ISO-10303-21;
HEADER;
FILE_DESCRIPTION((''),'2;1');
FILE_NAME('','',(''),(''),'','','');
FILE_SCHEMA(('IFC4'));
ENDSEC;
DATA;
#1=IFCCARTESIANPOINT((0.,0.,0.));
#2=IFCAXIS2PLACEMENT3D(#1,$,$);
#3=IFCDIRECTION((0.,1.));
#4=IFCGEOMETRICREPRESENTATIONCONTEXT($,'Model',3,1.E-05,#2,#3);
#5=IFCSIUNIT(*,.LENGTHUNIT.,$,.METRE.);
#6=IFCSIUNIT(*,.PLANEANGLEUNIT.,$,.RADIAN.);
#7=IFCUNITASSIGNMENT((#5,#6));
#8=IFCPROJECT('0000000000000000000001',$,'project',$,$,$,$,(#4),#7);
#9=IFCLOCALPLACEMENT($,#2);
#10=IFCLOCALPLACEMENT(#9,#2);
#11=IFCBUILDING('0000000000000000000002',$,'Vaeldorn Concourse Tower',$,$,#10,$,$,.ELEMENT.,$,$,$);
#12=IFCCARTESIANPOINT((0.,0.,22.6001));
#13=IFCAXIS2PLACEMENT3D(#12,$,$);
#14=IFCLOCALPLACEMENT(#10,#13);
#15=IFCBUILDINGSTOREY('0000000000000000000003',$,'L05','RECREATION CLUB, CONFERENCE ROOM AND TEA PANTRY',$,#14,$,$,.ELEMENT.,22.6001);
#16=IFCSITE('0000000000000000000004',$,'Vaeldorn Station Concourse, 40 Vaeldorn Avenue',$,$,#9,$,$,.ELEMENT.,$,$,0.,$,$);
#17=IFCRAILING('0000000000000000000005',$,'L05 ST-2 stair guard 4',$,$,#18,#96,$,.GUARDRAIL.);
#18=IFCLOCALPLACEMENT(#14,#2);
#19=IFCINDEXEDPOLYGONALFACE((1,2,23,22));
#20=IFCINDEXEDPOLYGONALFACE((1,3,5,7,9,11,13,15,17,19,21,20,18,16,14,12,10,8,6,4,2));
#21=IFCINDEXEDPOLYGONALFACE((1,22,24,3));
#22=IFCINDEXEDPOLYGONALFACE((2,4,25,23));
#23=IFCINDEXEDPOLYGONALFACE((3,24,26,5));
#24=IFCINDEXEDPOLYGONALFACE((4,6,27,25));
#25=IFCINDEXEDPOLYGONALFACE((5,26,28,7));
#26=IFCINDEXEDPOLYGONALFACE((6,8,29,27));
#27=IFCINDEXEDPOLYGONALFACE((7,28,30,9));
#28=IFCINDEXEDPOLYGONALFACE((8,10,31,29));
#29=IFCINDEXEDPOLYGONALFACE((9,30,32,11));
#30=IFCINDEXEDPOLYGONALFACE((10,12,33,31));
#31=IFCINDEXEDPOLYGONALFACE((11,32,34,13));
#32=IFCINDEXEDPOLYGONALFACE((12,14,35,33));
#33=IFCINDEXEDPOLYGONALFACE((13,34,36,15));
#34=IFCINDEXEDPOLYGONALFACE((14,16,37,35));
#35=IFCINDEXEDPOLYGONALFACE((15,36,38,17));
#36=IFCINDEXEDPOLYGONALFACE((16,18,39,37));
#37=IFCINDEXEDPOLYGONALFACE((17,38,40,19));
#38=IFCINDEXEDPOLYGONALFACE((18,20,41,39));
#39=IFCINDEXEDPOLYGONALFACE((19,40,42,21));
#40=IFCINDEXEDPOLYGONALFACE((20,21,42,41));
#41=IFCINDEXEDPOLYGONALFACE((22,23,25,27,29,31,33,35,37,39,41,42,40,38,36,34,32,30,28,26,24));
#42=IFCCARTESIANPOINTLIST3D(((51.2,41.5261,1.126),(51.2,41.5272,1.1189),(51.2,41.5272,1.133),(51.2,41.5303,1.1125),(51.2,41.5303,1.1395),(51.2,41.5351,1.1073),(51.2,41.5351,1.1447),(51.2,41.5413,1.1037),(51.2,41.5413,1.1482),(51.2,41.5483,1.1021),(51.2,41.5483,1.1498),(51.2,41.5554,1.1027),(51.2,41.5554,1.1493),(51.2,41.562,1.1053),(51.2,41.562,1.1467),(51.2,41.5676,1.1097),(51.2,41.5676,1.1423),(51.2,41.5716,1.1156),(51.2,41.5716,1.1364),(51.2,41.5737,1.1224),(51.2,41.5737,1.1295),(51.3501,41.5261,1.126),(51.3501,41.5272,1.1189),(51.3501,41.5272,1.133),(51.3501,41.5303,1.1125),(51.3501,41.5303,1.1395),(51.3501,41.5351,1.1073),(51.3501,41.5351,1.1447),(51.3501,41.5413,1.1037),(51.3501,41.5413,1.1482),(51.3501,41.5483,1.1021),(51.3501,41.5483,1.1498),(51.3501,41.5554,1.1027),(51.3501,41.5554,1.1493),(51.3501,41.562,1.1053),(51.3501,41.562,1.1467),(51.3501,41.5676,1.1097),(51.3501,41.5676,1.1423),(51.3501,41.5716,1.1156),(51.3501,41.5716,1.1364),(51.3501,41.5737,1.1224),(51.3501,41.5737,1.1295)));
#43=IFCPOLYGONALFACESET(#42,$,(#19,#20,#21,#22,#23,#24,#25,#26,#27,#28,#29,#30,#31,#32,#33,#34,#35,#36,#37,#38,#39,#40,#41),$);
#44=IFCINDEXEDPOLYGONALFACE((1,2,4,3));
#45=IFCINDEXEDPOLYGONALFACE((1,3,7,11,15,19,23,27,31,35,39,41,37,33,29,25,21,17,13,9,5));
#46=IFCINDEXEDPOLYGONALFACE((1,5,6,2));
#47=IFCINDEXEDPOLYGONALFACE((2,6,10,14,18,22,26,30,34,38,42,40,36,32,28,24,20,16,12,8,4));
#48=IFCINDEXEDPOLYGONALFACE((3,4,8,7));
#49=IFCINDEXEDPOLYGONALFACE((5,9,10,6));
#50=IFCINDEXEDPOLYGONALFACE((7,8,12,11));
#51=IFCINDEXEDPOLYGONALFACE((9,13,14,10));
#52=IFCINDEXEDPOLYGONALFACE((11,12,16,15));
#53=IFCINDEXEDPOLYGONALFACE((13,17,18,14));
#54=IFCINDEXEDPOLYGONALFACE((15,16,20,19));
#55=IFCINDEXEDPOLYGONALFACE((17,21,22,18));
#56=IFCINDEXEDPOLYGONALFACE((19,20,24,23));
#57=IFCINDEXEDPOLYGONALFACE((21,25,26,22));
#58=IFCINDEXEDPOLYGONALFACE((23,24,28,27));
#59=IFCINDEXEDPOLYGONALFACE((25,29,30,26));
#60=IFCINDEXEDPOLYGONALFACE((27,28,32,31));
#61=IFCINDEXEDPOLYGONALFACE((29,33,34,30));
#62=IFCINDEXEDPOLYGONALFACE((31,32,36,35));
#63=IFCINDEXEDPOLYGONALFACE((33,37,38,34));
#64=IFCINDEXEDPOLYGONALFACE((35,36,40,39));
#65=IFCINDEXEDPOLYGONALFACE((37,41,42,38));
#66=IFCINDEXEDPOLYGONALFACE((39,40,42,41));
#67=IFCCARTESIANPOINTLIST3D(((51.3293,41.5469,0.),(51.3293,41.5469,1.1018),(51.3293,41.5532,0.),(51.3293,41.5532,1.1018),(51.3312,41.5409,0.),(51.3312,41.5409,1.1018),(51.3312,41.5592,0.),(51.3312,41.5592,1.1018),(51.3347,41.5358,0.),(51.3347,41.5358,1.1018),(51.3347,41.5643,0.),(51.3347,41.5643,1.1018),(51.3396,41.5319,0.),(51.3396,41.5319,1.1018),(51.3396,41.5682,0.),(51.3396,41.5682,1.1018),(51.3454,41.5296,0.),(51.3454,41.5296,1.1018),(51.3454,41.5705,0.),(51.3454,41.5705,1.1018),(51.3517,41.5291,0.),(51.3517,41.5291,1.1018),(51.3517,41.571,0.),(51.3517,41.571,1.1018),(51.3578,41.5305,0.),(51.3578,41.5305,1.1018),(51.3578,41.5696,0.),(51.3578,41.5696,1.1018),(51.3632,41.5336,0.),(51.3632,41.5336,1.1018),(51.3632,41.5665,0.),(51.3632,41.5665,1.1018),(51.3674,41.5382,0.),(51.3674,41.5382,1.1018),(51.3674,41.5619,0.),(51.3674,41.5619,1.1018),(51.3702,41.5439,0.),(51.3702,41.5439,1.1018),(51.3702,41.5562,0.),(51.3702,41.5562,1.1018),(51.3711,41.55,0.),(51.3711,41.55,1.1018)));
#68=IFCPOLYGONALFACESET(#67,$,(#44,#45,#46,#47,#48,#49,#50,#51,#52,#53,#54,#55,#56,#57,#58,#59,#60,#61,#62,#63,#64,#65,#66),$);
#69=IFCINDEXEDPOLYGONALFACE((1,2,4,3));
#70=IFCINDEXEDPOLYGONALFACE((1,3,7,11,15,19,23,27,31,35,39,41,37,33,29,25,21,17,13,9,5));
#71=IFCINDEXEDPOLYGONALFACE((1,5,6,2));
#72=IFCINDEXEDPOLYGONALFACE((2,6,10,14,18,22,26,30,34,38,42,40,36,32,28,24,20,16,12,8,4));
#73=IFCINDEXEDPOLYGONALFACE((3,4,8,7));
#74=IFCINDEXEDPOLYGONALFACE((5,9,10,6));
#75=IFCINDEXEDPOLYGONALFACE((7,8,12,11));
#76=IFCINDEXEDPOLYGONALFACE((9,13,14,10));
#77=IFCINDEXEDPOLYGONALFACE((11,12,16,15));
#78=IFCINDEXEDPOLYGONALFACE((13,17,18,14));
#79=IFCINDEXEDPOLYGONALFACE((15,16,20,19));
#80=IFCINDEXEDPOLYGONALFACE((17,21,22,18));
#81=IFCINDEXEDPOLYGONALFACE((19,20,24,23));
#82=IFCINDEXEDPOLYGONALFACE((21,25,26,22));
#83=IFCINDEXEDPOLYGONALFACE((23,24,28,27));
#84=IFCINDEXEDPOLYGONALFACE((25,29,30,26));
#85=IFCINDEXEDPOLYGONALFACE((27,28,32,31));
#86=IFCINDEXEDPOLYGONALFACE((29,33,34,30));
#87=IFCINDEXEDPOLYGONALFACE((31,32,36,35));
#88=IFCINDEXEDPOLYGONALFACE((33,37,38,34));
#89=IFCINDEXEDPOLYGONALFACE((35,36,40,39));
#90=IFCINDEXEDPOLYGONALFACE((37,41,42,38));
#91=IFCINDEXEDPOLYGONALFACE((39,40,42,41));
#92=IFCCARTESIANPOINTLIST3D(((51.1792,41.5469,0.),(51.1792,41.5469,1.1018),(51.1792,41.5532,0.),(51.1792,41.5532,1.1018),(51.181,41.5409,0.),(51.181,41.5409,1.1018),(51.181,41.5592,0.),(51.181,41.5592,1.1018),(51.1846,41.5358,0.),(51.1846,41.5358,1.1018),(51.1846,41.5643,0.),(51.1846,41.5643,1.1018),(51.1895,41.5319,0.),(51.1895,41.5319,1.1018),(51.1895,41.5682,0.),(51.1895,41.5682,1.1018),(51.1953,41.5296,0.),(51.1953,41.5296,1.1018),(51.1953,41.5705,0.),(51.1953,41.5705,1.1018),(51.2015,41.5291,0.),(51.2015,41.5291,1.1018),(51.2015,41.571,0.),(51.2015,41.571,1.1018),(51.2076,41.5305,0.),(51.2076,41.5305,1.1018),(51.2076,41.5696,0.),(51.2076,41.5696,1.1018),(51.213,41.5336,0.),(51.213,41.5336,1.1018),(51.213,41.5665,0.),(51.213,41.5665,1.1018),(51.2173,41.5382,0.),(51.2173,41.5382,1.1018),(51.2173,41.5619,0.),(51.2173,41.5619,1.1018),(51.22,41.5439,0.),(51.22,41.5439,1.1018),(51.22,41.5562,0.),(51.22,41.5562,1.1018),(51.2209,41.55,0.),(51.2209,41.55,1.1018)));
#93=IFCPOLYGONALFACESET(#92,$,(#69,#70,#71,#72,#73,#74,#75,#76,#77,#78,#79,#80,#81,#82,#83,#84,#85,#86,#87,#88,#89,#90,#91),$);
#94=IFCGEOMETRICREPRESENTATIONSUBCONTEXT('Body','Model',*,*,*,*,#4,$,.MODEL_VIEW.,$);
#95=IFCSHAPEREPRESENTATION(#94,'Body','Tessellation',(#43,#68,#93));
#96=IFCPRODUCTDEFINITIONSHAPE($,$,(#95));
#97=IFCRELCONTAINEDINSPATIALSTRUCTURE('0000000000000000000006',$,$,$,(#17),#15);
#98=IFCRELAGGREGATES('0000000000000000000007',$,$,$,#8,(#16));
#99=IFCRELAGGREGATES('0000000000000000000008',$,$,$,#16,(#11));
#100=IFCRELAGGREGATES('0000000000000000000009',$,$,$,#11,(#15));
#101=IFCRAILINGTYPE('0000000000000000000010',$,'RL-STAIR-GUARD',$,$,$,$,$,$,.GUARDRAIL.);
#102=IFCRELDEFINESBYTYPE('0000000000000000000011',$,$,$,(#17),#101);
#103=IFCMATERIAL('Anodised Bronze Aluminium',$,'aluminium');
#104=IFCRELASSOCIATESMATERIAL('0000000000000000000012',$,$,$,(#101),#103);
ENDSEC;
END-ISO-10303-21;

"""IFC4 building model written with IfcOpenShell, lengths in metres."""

from ifc_helpers import new_model, si_unit, direction, frame, origin, origin_2d, place, context, subcontext, project, spatial, circle, extrude, material, type_object, element, save


model = new_model("IFC4")

# Units and contexts
model_context = context("Model", 3, precision=1e-05, world=origin(), true_north=direction((0.0, 1.0)))
body_context = subcontext(model_context, "Body", "Model", "MODEL_VIEW")
ifc_project = project(units=[si_unit("LENGTHUNIT", "METRE"), si_unit("PLANEANGLEUNIT", "RADIAN")], contexts=[model_context])

# Site, building, storey
site_placement = place(None, origin())
site = spatial("IfcSite", under=ifc_project, at=site_placement, Name="Vaeldorn Station Concourse, 40 Vaeldorn Avenue", CompositionType="ELEMENT", RefElevation=0.0)
building_placement = place(site_placement, origin())
building = spatial("IfcBuilding", under=site, at=building_placement, Name="Vaeldorn Concourse Tower", CompositionType="ELEMENT")
storey_placement = place(building_placement, frame((0.0, 0.0, 22.6001)))
storey = spatial("IfcBuildingStorey", under=building, at=storey_placement, Name="L05", Description="RECREATION CLUB, CONFERENCE ROOM AND TEA PANTRY", CompositionType="ELEMENT", Elevation=22.6001)

# Shared definitions
ifc_material_1 = material(Name="Anodised Bronze Aluminium", Category="aluminium")

# Railing
railing_type_1 = type_object("IfcRailingType", Name="RL-STAIR-GUARD", PredefinedType="GUARDRAIL", material=ifc_material_1)
railing_1_placement = place(storey_placement, frame((51.3501, 41.55, 0.0)))
element("IfcRailing", 1, at=railing_1_placement, inside=storey, type_object=railing_type_1, Name="L05 ST-2 stair guard 4", PredefinedType="GUARDRAIL", context=body_context, shape_type="SweptSolid", body=[
    extrude(circle(Radius=0.0239, at=origin_2d()), frame((0.0, 0.0, 1.126), z_axis=(-1.0, 0.0, 0.0), x_axis=(0.0, -1.0, 0.0)), (0.0, 0.0, 1.0), 0.1501),
    extrude(circle(Radius=0.021, at=origin_2d()), origin(), (0.0, 0.0, 1.0), 1.1018),
    extrude(circle(Radius=0.021, at=origin_2d()), frame((-0.1501, 0.0, 0.0)), (0.0, 0.0, 1.0), 1.1018),
])

save(model, "model.ifc")
